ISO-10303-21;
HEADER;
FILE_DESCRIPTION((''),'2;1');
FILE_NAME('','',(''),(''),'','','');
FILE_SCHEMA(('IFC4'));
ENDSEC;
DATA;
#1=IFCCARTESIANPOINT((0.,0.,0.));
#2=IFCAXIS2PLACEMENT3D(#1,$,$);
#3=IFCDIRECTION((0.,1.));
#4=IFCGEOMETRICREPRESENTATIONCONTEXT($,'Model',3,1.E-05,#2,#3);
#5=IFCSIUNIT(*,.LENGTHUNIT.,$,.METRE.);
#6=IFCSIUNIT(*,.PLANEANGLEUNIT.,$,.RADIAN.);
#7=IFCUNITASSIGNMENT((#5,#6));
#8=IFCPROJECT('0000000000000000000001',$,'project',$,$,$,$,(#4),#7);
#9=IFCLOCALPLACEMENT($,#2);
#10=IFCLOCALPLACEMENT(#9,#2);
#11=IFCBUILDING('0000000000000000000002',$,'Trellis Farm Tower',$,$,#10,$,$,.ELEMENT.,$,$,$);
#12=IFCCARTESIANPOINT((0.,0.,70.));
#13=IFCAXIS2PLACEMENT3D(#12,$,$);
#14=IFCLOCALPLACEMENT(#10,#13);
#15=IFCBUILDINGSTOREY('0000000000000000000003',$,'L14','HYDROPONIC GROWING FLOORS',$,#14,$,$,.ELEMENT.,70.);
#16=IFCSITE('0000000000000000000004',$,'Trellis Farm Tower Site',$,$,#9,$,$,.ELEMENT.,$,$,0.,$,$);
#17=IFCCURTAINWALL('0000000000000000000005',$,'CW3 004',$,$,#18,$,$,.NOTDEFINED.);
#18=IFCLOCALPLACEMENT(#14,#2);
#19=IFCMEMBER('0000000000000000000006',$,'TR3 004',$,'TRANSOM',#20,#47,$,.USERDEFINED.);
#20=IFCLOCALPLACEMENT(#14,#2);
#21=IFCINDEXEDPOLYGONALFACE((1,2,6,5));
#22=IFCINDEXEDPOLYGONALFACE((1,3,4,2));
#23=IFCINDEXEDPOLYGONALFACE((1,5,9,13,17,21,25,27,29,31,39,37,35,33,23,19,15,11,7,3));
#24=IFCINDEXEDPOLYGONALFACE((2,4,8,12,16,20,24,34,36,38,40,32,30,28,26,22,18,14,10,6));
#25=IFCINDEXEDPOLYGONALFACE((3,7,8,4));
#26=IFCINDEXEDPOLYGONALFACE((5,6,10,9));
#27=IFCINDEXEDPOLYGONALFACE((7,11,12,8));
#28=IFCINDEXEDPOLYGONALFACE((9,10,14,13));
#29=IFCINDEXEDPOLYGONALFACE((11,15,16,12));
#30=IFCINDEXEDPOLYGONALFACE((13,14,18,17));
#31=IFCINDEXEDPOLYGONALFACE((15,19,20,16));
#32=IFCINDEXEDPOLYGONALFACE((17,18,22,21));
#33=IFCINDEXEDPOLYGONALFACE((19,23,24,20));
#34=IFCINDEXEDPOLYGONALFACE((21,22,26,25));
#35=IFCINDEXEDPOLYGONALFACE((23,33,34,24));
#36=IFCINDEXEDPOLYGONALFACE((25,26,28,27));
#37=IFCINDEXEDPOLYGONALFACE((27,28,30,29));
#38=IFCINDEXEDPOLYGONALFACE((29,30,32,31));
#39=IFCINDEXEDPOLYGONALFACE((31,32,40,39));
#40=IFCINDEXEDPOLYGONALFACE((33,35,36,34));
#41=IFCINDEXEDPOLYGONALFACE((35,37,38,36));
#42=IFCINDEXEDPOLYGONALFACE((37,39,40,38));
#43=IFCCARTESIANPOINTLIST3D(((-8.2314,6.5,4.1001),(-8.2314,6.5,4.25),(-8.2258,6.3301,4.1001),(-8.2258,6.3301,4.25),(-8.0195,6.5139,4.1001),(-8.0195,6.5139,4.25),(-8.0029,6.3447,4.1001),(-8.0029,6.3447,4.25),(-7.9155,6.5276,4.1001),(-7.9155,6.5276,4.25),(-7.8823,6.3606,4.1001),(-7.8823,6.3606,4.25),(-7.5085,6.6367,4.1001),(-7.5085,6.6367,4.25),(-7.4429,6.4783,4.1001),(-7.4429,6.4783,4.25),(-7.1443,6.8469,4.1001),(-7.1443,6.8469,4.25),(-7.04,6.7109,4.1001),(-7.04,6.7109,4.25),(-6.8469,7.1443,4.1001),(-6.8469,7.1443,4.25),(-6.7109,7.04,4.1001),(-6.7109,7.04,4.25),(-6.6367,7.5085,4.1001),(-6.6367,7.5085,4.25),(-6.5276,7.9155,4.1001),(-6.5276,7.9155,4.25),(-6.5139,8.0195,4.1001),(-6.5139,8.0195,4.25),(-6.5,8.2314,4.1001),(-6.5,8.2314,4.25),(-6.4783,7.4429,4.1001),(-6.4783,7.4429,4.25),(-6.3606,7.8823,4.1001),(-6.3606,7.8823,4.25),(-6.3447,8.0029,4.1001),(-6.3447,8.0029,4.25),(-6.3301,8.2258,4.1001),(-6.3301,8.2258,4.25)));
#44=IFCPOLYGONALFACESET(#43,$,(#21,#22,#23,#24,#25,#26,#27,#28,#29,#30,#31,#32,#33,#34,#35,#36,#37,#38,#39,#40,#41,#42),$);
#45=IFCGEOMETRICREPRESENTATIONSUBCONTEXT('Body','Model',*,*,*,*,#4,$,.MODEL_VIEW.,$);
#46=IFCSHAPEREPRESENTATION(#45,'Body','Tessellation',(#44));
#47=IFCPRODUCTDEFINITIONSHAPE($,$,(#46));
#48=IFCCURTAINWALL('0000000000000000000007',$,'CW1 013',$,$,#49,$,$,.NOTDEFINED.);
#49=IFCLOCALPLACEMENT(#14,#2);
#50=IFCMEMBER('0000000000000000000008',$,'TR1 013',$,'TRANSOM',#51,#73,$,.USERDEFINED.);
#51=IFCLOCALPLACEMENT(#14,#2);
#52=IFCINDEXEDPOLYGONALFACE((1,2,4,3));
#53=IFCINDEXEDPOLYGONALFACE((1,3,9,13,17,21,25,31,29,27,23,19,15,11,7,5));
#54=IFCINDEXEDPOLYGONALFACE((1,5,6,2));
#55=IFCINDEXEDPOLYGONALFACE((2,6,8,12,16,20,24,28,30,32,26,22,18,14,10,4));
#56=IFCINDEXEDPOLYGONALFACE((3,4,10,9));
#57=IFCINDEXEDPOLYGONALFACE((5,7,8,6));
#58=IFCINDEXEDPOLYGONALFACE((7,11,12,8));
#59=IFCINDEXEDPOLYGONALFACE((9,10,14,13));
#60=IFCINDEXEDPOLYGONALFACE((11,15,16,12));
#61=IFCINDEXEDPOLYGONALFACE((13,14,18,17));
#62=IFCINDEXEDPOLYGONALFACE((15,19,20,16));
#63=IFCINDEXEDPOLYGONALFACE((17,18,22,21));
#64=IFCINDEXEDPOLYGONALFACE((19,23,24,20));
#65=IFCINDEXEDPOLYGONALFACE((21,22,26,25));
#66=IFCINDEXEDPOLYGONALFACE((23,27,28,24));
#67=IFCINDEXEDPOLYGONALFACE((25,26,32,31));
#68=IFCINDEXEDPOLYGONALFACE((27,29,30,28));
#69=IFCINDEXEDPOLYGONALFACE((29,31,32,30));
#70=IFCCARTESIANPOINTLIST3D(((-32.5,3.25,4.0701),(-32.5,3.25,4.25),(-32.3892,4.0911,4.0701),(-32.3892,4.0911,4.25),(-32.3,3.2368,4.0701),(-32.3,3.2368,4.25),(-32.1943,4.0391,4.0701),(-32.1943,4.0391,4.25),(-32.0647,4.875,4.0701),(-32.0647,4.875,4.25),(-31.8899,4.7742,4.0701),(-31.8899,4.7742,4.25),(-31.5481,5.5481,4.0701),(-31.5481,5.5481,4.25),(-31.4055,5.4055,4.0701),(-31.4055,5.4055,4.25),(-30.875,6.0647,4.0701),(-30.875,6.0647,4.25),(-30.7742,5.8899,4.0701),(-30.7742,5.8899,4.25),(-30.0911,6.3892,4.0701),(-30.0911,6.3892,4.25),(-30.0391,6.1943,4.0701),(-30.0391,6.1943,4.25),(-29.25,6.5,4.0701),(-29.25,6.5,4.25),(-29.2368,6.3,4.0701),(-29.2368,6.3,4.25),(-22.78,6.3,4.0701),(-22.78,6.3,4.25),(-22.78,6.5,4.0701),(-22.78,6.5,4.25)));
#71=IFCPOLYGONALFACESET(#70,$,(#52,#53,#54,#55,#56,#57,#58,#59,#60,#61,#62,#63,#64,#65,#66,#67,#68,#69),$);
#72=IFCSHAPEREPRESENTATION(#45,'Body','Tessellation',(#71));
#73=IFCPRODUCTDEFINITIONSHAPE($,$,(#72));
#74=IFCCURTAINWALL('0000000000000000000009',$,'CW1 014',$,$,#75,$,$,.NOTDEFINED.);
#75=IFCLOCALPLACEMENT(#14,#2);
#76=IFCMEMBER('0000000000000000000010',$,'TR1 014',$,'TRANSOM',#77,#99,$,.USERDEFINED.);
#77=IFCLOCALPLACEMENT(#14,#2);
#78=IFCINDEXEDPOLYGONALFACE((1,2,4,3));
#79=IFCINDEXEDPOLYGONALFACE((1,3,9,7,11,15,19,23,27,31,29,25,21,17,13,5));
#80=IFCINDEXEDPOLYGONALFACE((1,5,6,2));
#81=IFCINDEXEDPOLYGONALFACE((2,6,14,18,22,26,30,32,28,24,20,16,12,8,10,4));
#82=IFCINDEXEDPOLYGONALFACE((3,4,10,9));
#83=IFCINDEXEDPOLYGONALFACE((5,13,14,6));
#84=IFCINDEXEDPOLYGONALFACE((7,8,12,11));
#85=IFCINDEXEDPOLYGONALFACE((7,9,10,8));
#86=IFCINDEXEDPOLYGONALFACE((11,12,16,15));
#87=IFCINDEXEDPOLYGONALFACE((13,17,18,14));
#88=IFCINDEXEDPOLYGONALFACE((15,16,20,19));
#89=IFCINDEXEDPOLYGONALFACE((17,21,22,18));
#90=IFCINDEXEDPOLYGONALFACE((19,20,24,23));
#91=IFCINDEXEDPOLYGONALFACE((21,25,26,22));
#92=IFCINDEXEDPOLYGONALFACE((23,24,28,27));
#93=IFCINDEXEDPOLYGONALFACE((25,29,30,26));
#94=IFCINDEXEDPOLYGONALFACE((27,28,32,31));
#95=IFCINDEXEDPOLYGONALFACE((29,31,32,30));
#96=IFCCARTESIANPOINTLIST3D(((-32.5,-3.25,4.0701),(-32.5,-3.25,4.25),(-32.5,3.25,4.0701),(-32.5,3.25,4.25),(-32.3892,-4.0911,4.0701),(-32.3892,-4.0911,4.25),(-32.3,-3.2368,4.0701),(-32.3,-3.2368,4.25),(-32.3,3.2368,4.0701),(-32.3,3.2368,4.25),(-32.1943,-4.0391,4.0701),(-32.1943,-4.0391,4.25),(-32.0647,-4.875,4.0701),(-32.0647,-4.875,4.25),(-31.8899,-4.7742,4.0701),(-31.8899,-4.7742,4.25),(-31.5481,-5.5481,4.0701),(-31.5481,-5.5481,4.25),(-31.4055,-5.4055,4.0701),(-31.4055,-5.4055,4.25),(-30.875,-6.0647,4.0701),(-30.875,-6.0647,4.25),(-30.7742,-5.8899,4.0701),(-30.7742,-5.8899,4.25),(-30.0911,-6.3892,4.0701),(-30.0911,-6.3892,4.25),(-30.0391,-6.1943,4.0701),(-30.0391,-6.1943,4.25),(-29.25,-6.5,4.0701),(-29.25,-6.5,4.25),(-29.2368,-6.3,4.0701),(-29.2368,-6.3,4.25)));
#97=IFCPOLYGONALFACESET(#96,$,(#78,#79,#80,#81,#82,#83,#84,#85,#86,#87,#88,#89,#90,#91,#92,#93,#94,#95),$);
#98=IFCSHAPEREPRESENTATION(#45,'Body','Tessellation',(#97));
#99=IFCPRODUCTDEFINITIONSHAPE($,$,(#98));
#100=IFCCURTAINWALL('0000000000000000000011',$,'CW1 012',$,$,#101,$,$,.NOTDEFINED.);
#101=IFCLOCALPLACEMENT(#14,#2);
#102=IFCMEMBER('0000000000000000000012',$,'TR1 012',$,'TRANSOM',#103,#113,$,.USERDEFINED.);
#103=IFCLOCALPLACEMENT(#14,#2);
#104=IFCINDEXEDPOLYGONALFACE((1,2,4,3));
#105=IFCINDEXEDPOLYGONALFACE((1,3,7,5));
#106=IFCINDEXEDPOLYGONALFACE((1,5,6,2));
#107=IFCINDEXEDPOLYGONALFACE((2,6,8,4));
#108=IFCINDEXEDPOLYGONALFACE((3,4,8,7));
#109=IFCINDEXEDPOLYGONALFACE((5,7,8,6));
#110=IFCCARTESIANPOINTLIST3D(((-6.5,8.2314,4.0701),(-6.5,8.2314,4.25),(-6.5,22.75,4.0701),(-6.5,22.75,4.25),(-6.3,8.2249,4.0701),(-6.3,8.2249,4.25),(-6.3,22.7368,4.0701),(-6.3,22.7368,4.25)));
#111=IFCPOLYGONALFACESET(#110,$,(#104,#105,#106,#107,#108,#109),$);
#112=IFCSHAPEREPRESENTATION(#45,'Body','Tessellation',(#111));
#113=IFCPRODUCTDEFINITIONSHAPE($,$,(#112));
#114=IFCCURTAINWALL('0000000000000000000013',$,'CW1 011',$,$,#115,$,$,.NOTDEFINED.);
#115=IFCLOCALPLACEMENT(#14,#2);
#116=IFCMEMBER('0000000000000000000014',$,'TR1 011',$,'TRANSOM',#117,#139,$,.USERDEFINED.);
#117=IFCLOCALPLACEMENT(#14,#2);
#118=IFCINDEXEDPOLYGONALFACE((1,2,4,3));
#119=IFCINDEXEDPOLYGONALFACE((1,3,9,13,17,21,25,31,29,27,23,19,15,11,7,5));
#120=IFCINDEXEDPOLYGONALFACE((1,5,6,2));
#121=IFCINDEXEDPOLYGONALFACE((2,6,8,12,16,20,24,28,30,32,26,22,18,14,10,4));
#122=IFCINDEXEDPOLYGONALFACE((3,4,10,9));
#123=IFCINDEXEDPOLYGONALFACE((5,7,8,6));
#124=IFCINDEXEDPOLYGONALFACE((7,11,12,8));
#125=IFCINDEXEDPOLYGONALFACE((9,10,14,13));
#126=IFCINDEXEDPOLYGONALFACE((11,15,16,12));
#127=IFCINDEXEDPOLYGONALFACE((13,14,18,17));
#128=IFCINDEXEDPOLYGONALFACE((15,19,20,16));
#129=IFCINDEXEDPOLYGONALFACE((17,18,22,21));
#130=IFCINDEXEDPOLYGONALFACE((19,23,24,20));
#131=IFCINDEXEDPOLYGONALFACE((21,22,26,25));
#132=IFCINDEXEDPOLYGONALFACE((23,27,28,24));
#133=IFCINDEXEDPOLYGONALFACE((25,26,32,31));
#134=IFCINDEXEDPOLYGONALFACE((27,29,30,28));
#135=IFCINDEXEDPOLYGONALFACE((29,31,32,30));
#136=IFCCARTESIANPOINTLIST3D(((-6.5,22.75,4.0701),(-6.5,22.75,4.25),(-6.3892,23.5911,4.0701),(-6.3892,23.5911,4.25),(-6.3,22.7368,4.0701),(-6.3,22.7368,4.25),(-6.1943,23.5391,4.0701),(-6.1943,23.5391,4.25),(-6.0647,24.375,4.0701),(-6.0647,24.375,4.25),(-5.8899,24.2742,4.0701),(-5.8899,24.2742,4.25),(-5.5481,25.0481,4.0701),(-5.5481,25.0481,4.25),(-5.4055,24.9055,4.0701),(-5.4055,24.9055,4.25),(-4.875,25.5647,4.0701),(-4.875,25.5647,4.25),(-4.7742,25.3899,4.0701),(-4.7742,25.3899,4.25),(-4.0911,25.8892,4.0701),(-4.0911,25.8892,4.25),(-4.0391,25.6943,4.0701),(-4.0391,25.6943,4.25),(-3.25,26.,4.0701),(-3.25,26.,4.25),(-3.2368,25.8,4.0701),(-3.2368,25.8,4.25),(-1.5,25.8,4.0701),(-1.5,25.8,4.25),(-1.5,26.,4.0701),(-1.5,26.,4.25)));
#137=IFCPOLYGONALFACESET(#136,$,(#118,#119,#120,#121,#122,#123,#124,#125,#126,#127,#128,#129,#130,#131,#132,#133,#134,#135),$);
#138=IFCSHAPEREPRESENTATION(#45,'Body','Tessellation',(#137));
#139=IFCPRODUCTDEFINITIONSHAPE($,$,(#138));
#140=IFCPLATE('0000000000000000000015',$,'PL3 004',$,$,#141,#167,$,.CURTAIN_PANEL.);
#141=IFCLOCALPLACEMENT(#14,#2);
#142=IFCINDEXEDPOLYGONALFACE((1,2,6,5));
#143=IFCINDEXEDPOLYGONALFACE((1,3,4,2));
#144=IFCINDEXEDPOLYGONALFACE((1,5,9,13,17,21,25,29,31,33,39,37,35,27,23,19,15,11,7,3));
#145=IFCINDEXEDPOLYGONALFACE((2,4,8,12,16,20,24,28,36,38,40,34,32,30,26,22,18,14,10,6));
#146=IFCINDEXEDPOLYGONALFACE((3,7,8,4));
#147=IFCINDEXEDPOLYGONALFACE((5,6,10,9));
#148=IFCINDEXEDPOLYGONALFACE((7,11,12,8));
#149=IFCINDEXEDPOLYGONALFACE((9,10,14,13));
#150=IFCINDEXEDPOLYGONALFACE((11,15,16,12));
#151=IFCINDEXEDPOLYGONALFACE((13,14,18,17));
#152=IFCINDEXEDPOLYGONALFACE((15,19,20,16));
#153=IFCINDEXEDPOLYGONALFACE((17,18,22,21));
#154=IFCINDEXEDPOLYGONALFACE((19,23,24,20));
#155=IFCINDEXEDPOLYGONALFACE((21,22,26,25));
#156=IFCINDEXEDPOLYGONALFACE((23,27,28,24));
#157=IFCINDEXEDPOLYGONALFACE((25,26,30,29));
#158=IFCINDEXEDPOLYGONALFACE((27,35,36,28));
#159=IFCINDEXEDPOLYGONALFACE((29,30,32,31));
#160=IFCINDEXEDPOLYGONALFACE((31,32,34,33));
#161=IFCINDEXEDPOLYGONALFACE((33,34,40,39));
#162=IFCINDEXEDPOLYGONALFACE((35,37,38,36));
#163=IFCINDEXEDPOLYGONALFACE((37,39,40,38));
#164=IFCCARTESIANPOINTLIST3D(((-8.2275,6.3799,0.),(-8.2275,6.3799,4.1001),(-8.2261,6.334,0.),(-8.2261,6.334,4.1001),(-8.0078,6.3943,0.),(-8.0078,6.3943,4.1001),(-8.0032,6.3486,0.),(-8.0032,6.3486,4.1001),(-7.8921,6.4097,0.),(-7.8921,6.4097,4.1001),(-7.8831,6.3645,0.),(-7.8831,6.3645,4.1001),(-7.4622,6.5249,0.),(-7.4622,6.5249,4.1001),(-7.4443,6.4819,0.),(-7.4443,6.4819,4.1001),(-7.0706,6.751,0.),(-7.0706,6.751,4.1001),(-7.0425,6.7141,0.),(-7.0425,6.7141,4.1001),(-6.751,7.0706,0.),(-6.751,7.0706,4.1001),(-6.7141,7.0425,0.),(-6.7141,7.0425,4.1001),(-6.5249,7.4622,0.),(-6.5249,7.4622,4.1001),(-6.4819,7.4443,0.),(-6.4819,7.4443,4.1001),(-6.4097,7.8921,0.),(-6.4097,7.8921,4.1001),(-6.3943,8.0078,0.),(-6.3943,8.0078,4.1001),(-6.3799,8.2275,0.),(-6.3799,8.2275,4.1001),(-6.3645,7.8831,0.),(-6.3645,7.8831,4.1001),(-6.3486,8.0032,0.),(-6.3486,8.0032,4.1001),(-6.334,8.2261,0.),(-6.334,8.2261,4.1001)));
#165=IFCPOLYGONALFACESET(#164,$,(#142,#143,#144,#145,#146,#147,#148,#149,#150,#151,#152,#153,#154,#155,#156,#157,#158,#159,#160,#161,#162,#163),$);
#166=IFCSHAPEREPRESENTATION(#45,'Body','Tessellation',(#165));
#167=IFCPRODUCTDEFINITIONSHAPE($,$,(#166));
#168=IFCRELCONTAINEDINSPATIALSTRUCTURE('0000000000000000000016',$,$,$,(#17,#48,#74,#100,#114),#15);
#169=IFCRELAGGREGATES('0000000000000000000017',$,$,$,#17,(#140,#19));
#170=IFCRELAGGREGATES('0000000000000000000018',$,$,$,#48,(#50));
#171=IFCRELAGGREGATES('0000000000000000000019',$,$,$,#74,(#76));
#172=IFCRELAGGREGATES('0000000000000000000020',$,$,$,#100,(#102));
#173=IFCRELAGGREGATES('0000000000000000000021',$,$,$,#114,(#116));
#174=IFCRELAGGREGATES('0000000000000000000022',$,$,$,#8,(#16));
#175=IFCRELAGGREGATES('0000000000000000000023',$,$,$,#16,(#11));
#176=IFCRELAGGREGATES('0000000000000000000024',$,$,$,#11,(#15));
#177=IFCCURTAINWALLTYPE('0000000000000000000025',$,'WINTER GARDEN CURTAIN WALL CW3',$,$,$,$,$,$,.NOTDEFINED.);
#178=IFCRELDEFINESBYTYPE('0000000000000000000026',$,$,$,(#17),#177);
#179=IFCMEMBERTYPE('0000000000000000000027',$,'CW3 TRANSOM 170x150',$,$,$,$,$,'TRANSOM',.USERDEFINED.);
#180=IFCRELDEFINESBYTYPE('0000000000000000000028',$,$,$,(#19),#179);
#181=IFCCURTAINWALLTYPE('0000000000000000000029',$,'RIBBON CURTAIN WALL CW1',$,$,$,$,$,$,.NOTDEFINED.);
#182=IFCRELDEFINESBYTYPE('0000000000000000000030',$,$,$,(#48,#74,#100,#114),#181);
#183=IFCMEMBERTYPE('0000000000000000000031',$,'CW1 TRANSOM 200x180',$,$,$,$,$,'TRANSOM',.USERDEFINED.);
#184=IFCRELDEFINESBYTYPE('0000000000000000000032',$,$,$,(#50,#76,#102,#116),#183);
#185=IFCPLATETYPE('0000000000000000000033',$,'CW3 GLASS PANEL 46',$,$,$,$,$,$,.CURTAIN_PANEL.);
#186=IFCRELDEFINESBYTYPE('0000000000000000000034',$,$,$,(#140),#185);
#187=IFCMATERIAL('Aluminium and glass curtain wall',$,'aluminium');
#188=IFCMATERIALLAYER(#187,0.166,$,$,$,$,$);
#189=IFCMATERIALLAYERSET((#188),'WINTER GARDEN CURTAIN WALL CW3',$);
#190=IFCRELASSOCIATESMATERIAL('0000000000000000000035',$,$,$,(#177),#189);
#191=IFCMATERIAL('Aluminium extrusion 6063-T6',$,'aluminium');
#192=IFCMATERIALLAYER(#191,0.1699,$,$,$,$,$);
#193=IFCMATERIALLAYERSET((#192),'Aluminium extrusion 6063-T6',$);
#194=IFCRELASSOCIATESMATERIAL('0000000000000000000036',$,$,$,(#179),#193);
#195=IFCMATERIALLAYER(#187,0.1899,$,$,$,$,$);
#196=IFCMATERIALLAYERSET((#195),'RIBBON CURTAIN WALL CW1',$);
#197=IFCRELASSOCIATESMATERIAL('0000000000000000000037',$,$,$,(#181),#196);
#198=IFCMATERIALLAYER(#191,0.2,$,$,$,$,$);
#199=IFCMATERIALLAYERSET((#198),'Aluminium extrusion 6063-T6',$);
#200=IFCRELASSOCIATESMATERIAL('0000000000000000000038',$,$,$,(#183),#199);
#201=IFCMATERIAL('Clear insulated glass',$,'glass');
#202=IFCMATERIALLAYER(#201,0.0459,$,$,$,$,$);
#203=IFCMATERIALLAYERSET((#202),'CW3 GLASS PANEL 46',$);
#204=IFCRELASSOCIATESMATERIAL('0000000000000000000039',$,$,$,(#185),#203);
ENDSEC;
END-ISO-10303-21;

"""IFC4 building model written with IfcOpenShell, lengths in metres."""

from ifc_helpers import new_model, si_unit, direction, frame, origin, place, context, subcontext, project, spatial, polyline, outline, extrude, source, transform, mapped, material, layer, layer_set, type_object, element, aggregate, save


model = new_model("IFC4")

# Units and contexts
model_context = context("Model", 3, precision=1e-05, world=origin(), true_north=direction((0.0, 1.0)))
body_context = subcontext(model_context, "Body", "Model", "MODEL_VIEW")
ifc_project = project(units=[si_unit("LENGTHUNIT", "METRE"), si_unit("PLANEANGLEUNIT", "RADIAN")], contexts=[model_context])

# Site, building, storey
site_placement = place(None, origin())
site = spatial("IfcSite", under=ifc_project, at=site_placement, Name="Trellis Farm Tower Site", CompositionType="ELEMENT", RefElevation=0.0)
building_placement = place(site_placement, origin())
building = spatial("IfcBuilding", under=site, at=building_placement, Name="Trellis Farm Tower", CompositionType="ELEMENT")
storey_placement = place(building_placement, frame((0.0, 0.0, 70.0)))
storey = spatial("IfcBuildingStorey", under=building, at=storey_placement, Name="L14", Description="HYDROPONIC GROWING FLOORS", CompositionType="ELEMENT", Elevation=70.0)

# Curtain walls, members
ifc_material_1 = material(Name="Aluminium and glass curtain wall", Category="aluminium")
ifc_layer_1 = layer(ifc_material_1, 0.166)
ifc_layer_set_1 = layer_set([ifc_layer_1], Name="WINTER GARDEN CURTAIN WALL CW3")
curtain_wall_type_1 = type_object("IfcCurtainWallType", Name="WINTER GARDEN CURTAIN WALL CW3", PredefinedType="NOTDEFINED", material=ifc_layer_set_1)
placement_1 = place(storey_placement, origin())
curtain_wall_1 = element("IfcCurtainWall", 1, at=placement_1, inside=storey, type_object=curtain_wall_type_1, Name="CW3 004", PredefinedType="NOTDEFINED")
ifc_material_2 = material(Name="Aluminium extrusion 6063-T6", Category="aluminium")
ifc_layer_2 = layer(ifc_material_2, 0.1699)
ifc_layer_set_2 = layer_set([ifc_layer_2], Name="Aluminium extrusion 6063-T6")
member_type_1 = type_object("IfcMemberType", Name="CW3 TRANSOM 170x150", ElementType="TRANSOM", PredefinedType="USERDEFINED", material=ifc_layer_set_2)
shared_shape_1 = source(origin(), body_context, "Body", "SweptSolid", [
    extrude(outline(polyline([(-6.5, 8.2314), (-6.5139, 8.0195), (-6.5276, 7.9155), (-6.6367, 7.5085), (-6.8469, 7.1443), (-7.1443, 6.8469), (-7.5085, 6.6367), (-7.9155, 6.5276), (-8.0195, 6.5139), (-8.2314, 6.5), (-8.2258, 6.3301), (-8.0029, 6.3447), (-7.8823, 6.3606), (-7.4429, 6.4783), (-7.04, 6.7109), (-6.7109, 7.04), (-6.4783, 7.4429), (-6.3606, 7.8823), (-6.3447, 8.0029), (-6.3301, 8.2258), (-6.5, 8.2314)])), origin(), (0.0, 0.0, 1.0), 0.1499),
])
member_1_placement = place(storey_placement, frame((0.0, 0.0, 4.1001)))
member_1 = element("IfcMember", 2, at=member_1_placement, type_object=member_type_1, Name="TR3 004", ObjectType="TRANSOM", PredefinedType="USERDEFINED", context=body_context, shape_type="MappedRepresentation", body=[
    mapped(shared_shape_1, transform((0.0, 0.0, 0.0))),
])
ifc_layer_3 = layer(ifc_material_1, 0.1899)
ifc_layer_set_3 = layer_set([ifc_layer_3], Name="RIBBON CURTAIN WALL CW1")
curtain_wall_type_2 = type_object("IfcCurtainWallType", Name="RIBBON CURTAIN WALL CW1", PredefinedType="NOTDEFINED", material=ifc_layer_set_3)
curtain_wall_2 = element("IfcCurtainWall", 3, at=placement_1, inside=storey, type_object=curtain_wall_type_2, Name="CW1 013", PredefinedType="NOTDEFINED")
ifc_layer_4 = layer(ifc_material_2, 0.2)
ifc_layer_set_4 = layer_set([ifc_layer_4], Name="Aluminium extrusion 6063-T6")
member_type_2 = type_object("IfcMemberType", Name="CW1 TRANSOM 200x180", ElementType="TRANSOM", PredefinedType="USERDEFINED", material=ifc_layer_set_4)
shared_shape_2 = source(origin(), body_context, "Body", "SweptSolid", [
    extrude(outline(polyline([(-22.78, 6.5), (-29.25, 6.5), (-30.0911, 6.3892), (-30.875, 6.0647), (-31.5481, 5.5481), (-32.0647, 4.875), (-32.3892, 4.0911), (-32.5, 3.25), (-32.3, 3.2368), (-32.1943, 4.0391), (-31.8899, 4.7742), (-31.4055, 5.4055), (-30.7742, 5.8899), (-30.0391, 6.1943), (-29.2368, 6.3), (-22.78, 6.3), (-22.78, 6.5)])), origin(), (0.0, 0.0, 1.0), 0.1799),
])
placement_2 = place(storey_placement, frame((0.0, 0.0, 4.0701)))
member_2 = element("IfcMember", 4, at=placement_2, type_object=member_type_2, Name="TR1 013", ObjectType="TRANSOM", PredefinedType="USERDEFINED", context=body_context, shape_type="MappedRepresentation", body=[
    mapped(shared_shape_2, transform((0.0, 0.0, 0.0))),
])
curtain_wall_3 = element("IfcCurtainWall", 5, at=placement_1, inside=storey, type_object=curtain_wall_type_2, Name="CW1 014", PredefinedType="NOTDEFINED")
shared_shape_3 = source(origin(), body_context, "Body", "SweptSolid", [
    extrude(outline(polyline([(-32.5, 3.25), (-32.5, -3.25), (-32.3892, -4.0911), (-32.0647, -4.875), (-31.5481, -5.5481), (-30.875, -6.0647), (-30.0911, -6.3892), (-29.25, -6.5), (-29.2368, -6.3), (-30.0391, -6.1943), (-30.7742, -5.8899), (-31.4055, -5.4055), (-31.8899, -4.7742), (-32.1943, -4.0391), (-32.3, -3.2368), (-32.3, 3.2368), (-32.5, 3.25)])), origin(), (0.0, 0.0, 1.0), 0.1799),
])
member_3 = element("IfcMember", 6, at=placement_2, type_object=member_type_2, Name="TR1 014", ObjectType="TRANSOM", PredefinedType="USERDEFINED", context=body_context, shape_type="MappedRepresentation", body=[
    mapped(shared_shape_3, transform((0.0, 0.0, 0.0))),
])
curtain_wall_4 = element("IfcCurtainWall", 7, at=placement_1, inside=storey, type_object=curtain_wall_type_2, Name="CW1 012", PredefinedType="NOTDEFINED")
shared_shape_4 = source(origin(), body_context, "Body", "SweptSolid", [
    extrude(outline(polyline([(-6.5, 22.75), (-6.5, 8.2314), (-6.3, 8.2249), (-6.3, 22.7368), (-6.5, 22.75)])), origin(), (0.0, 0.0, 1.0), 0.1799),
])
member_4 = element("IfcMember", 8, at=placement_2, type_object=member_type_2, Name="TR1 012", ObjectType="TRANSOM", PredefinedType="USERDEFINED", context=body_context, shape_type="MappedRepresentation", body=[
    mapped(shared_shape_4, transform((0.0, 0.0, 0.0))),
])
curtain_wall_5 = element("IfcCurtainWall", 9, at=placement_1, inside=storey, type_object=curtain_wall_type_2, Name="CW1 011", PredefinedType="NOTDEFINED")
shared_shape_5 = source(origin(), body_context, "Body", "SweptSolid", [
    extrude(outline(polyline([(-1.5, 26.0), (-3.25, 26.0), (-4.0911, 25.8892), (-4.875, 25.5647), (-5.5481, 25.0481), (-6.0647, 24.375), (-6.3892, 23.5911), (-6.5, 22.75), (-6.3, 22.7368), (-6.1943, 23.5391), (-5.8899, 24.2742), (-5.4055, 24.9055), (-4.7742, 25.3899), (-4.0391, 25.6943), (-3.2368, 25.8), (-1.5, 25.8), (-1.5, 26.0)])), origin(), (0.0, 0.0, 1.0), 0.1799),
])
member_5 = element("IfcMember", 10, at=placement_2, type_object=member_type_2, Name="TR1 011", ObjectType="TRANSOM", PredefinedType="USERDEFINED", context=body_context, shape_type="MappedRepresentation", body=[
    mapped(shared_shape_5, transform((0.0, 0.0, 0.0))),
])

# Plate
ifc_material_3 = material(Name="Clear insulated glass", Category="glass")
ifc_layer_5 = layer(ifc_material_3, 0.0459)
ifc_layer_set_5 = layer_set([ifc_layer_5], Name="CW3 GLASS PANEL 46")
plate_type_1 = type_object("IfcPlateType", Name="CW3 GLASS PANEL 46", PredefinedType="CURTAIN_PANEL", material=ifc_layer_set_5)
shared_shape_6 = source(origin(), body_context, "Body", "SweptSolid", [
    extrude(outline(polyline([(-6.3799, 8.2275), (-6.3943, 8.0078), (-6.4097, 7.8921), (-6.5249, 7.4622), (-6.751, 7.0706), (-7.0706, 6.751), (-7.4622, 6.5249), (-7.8921, 6.4097), (-8.0078, 6.3943), (-8.2275, 6.3799), (-8.2261, 6.334), (-8.0032, 6.3486), (-7.8831, 6.3645), (-7.4443, 6.4819), (-7.0425, 6.7141), (-6.7141, 7.0425), (-6.4819, 7.4443), (-6.3645, 7.8831), (-6.3486, 8.0032), (-6.334, 8.2261), (-6.3799, 8.2275)])), origin(), (0.0, 0.0, 1.0), 4.1001),
])
plate_1 = element("IfcPlate", 11, at=placement_1, type_object=plate_type_1, Name="PL3 004", PredefinedType="CURTAIN_PANEL", context=body_context, shape_type="MappedRepresentation", body=[
    mapped(shared_shape_6, transform((0.0, 0.0, 0.0))),
])
aggregate(curtain_wall_1, [plate_1, member_1])
aggregate(curtain_wall_2, [member_2])
aggregate(curtain_wall_3, [member_3])
aggregate(curtain_wall_4, [member_4])
aggregate(curtain_wall_5, [member_5])

save(model, "model.ifc")
